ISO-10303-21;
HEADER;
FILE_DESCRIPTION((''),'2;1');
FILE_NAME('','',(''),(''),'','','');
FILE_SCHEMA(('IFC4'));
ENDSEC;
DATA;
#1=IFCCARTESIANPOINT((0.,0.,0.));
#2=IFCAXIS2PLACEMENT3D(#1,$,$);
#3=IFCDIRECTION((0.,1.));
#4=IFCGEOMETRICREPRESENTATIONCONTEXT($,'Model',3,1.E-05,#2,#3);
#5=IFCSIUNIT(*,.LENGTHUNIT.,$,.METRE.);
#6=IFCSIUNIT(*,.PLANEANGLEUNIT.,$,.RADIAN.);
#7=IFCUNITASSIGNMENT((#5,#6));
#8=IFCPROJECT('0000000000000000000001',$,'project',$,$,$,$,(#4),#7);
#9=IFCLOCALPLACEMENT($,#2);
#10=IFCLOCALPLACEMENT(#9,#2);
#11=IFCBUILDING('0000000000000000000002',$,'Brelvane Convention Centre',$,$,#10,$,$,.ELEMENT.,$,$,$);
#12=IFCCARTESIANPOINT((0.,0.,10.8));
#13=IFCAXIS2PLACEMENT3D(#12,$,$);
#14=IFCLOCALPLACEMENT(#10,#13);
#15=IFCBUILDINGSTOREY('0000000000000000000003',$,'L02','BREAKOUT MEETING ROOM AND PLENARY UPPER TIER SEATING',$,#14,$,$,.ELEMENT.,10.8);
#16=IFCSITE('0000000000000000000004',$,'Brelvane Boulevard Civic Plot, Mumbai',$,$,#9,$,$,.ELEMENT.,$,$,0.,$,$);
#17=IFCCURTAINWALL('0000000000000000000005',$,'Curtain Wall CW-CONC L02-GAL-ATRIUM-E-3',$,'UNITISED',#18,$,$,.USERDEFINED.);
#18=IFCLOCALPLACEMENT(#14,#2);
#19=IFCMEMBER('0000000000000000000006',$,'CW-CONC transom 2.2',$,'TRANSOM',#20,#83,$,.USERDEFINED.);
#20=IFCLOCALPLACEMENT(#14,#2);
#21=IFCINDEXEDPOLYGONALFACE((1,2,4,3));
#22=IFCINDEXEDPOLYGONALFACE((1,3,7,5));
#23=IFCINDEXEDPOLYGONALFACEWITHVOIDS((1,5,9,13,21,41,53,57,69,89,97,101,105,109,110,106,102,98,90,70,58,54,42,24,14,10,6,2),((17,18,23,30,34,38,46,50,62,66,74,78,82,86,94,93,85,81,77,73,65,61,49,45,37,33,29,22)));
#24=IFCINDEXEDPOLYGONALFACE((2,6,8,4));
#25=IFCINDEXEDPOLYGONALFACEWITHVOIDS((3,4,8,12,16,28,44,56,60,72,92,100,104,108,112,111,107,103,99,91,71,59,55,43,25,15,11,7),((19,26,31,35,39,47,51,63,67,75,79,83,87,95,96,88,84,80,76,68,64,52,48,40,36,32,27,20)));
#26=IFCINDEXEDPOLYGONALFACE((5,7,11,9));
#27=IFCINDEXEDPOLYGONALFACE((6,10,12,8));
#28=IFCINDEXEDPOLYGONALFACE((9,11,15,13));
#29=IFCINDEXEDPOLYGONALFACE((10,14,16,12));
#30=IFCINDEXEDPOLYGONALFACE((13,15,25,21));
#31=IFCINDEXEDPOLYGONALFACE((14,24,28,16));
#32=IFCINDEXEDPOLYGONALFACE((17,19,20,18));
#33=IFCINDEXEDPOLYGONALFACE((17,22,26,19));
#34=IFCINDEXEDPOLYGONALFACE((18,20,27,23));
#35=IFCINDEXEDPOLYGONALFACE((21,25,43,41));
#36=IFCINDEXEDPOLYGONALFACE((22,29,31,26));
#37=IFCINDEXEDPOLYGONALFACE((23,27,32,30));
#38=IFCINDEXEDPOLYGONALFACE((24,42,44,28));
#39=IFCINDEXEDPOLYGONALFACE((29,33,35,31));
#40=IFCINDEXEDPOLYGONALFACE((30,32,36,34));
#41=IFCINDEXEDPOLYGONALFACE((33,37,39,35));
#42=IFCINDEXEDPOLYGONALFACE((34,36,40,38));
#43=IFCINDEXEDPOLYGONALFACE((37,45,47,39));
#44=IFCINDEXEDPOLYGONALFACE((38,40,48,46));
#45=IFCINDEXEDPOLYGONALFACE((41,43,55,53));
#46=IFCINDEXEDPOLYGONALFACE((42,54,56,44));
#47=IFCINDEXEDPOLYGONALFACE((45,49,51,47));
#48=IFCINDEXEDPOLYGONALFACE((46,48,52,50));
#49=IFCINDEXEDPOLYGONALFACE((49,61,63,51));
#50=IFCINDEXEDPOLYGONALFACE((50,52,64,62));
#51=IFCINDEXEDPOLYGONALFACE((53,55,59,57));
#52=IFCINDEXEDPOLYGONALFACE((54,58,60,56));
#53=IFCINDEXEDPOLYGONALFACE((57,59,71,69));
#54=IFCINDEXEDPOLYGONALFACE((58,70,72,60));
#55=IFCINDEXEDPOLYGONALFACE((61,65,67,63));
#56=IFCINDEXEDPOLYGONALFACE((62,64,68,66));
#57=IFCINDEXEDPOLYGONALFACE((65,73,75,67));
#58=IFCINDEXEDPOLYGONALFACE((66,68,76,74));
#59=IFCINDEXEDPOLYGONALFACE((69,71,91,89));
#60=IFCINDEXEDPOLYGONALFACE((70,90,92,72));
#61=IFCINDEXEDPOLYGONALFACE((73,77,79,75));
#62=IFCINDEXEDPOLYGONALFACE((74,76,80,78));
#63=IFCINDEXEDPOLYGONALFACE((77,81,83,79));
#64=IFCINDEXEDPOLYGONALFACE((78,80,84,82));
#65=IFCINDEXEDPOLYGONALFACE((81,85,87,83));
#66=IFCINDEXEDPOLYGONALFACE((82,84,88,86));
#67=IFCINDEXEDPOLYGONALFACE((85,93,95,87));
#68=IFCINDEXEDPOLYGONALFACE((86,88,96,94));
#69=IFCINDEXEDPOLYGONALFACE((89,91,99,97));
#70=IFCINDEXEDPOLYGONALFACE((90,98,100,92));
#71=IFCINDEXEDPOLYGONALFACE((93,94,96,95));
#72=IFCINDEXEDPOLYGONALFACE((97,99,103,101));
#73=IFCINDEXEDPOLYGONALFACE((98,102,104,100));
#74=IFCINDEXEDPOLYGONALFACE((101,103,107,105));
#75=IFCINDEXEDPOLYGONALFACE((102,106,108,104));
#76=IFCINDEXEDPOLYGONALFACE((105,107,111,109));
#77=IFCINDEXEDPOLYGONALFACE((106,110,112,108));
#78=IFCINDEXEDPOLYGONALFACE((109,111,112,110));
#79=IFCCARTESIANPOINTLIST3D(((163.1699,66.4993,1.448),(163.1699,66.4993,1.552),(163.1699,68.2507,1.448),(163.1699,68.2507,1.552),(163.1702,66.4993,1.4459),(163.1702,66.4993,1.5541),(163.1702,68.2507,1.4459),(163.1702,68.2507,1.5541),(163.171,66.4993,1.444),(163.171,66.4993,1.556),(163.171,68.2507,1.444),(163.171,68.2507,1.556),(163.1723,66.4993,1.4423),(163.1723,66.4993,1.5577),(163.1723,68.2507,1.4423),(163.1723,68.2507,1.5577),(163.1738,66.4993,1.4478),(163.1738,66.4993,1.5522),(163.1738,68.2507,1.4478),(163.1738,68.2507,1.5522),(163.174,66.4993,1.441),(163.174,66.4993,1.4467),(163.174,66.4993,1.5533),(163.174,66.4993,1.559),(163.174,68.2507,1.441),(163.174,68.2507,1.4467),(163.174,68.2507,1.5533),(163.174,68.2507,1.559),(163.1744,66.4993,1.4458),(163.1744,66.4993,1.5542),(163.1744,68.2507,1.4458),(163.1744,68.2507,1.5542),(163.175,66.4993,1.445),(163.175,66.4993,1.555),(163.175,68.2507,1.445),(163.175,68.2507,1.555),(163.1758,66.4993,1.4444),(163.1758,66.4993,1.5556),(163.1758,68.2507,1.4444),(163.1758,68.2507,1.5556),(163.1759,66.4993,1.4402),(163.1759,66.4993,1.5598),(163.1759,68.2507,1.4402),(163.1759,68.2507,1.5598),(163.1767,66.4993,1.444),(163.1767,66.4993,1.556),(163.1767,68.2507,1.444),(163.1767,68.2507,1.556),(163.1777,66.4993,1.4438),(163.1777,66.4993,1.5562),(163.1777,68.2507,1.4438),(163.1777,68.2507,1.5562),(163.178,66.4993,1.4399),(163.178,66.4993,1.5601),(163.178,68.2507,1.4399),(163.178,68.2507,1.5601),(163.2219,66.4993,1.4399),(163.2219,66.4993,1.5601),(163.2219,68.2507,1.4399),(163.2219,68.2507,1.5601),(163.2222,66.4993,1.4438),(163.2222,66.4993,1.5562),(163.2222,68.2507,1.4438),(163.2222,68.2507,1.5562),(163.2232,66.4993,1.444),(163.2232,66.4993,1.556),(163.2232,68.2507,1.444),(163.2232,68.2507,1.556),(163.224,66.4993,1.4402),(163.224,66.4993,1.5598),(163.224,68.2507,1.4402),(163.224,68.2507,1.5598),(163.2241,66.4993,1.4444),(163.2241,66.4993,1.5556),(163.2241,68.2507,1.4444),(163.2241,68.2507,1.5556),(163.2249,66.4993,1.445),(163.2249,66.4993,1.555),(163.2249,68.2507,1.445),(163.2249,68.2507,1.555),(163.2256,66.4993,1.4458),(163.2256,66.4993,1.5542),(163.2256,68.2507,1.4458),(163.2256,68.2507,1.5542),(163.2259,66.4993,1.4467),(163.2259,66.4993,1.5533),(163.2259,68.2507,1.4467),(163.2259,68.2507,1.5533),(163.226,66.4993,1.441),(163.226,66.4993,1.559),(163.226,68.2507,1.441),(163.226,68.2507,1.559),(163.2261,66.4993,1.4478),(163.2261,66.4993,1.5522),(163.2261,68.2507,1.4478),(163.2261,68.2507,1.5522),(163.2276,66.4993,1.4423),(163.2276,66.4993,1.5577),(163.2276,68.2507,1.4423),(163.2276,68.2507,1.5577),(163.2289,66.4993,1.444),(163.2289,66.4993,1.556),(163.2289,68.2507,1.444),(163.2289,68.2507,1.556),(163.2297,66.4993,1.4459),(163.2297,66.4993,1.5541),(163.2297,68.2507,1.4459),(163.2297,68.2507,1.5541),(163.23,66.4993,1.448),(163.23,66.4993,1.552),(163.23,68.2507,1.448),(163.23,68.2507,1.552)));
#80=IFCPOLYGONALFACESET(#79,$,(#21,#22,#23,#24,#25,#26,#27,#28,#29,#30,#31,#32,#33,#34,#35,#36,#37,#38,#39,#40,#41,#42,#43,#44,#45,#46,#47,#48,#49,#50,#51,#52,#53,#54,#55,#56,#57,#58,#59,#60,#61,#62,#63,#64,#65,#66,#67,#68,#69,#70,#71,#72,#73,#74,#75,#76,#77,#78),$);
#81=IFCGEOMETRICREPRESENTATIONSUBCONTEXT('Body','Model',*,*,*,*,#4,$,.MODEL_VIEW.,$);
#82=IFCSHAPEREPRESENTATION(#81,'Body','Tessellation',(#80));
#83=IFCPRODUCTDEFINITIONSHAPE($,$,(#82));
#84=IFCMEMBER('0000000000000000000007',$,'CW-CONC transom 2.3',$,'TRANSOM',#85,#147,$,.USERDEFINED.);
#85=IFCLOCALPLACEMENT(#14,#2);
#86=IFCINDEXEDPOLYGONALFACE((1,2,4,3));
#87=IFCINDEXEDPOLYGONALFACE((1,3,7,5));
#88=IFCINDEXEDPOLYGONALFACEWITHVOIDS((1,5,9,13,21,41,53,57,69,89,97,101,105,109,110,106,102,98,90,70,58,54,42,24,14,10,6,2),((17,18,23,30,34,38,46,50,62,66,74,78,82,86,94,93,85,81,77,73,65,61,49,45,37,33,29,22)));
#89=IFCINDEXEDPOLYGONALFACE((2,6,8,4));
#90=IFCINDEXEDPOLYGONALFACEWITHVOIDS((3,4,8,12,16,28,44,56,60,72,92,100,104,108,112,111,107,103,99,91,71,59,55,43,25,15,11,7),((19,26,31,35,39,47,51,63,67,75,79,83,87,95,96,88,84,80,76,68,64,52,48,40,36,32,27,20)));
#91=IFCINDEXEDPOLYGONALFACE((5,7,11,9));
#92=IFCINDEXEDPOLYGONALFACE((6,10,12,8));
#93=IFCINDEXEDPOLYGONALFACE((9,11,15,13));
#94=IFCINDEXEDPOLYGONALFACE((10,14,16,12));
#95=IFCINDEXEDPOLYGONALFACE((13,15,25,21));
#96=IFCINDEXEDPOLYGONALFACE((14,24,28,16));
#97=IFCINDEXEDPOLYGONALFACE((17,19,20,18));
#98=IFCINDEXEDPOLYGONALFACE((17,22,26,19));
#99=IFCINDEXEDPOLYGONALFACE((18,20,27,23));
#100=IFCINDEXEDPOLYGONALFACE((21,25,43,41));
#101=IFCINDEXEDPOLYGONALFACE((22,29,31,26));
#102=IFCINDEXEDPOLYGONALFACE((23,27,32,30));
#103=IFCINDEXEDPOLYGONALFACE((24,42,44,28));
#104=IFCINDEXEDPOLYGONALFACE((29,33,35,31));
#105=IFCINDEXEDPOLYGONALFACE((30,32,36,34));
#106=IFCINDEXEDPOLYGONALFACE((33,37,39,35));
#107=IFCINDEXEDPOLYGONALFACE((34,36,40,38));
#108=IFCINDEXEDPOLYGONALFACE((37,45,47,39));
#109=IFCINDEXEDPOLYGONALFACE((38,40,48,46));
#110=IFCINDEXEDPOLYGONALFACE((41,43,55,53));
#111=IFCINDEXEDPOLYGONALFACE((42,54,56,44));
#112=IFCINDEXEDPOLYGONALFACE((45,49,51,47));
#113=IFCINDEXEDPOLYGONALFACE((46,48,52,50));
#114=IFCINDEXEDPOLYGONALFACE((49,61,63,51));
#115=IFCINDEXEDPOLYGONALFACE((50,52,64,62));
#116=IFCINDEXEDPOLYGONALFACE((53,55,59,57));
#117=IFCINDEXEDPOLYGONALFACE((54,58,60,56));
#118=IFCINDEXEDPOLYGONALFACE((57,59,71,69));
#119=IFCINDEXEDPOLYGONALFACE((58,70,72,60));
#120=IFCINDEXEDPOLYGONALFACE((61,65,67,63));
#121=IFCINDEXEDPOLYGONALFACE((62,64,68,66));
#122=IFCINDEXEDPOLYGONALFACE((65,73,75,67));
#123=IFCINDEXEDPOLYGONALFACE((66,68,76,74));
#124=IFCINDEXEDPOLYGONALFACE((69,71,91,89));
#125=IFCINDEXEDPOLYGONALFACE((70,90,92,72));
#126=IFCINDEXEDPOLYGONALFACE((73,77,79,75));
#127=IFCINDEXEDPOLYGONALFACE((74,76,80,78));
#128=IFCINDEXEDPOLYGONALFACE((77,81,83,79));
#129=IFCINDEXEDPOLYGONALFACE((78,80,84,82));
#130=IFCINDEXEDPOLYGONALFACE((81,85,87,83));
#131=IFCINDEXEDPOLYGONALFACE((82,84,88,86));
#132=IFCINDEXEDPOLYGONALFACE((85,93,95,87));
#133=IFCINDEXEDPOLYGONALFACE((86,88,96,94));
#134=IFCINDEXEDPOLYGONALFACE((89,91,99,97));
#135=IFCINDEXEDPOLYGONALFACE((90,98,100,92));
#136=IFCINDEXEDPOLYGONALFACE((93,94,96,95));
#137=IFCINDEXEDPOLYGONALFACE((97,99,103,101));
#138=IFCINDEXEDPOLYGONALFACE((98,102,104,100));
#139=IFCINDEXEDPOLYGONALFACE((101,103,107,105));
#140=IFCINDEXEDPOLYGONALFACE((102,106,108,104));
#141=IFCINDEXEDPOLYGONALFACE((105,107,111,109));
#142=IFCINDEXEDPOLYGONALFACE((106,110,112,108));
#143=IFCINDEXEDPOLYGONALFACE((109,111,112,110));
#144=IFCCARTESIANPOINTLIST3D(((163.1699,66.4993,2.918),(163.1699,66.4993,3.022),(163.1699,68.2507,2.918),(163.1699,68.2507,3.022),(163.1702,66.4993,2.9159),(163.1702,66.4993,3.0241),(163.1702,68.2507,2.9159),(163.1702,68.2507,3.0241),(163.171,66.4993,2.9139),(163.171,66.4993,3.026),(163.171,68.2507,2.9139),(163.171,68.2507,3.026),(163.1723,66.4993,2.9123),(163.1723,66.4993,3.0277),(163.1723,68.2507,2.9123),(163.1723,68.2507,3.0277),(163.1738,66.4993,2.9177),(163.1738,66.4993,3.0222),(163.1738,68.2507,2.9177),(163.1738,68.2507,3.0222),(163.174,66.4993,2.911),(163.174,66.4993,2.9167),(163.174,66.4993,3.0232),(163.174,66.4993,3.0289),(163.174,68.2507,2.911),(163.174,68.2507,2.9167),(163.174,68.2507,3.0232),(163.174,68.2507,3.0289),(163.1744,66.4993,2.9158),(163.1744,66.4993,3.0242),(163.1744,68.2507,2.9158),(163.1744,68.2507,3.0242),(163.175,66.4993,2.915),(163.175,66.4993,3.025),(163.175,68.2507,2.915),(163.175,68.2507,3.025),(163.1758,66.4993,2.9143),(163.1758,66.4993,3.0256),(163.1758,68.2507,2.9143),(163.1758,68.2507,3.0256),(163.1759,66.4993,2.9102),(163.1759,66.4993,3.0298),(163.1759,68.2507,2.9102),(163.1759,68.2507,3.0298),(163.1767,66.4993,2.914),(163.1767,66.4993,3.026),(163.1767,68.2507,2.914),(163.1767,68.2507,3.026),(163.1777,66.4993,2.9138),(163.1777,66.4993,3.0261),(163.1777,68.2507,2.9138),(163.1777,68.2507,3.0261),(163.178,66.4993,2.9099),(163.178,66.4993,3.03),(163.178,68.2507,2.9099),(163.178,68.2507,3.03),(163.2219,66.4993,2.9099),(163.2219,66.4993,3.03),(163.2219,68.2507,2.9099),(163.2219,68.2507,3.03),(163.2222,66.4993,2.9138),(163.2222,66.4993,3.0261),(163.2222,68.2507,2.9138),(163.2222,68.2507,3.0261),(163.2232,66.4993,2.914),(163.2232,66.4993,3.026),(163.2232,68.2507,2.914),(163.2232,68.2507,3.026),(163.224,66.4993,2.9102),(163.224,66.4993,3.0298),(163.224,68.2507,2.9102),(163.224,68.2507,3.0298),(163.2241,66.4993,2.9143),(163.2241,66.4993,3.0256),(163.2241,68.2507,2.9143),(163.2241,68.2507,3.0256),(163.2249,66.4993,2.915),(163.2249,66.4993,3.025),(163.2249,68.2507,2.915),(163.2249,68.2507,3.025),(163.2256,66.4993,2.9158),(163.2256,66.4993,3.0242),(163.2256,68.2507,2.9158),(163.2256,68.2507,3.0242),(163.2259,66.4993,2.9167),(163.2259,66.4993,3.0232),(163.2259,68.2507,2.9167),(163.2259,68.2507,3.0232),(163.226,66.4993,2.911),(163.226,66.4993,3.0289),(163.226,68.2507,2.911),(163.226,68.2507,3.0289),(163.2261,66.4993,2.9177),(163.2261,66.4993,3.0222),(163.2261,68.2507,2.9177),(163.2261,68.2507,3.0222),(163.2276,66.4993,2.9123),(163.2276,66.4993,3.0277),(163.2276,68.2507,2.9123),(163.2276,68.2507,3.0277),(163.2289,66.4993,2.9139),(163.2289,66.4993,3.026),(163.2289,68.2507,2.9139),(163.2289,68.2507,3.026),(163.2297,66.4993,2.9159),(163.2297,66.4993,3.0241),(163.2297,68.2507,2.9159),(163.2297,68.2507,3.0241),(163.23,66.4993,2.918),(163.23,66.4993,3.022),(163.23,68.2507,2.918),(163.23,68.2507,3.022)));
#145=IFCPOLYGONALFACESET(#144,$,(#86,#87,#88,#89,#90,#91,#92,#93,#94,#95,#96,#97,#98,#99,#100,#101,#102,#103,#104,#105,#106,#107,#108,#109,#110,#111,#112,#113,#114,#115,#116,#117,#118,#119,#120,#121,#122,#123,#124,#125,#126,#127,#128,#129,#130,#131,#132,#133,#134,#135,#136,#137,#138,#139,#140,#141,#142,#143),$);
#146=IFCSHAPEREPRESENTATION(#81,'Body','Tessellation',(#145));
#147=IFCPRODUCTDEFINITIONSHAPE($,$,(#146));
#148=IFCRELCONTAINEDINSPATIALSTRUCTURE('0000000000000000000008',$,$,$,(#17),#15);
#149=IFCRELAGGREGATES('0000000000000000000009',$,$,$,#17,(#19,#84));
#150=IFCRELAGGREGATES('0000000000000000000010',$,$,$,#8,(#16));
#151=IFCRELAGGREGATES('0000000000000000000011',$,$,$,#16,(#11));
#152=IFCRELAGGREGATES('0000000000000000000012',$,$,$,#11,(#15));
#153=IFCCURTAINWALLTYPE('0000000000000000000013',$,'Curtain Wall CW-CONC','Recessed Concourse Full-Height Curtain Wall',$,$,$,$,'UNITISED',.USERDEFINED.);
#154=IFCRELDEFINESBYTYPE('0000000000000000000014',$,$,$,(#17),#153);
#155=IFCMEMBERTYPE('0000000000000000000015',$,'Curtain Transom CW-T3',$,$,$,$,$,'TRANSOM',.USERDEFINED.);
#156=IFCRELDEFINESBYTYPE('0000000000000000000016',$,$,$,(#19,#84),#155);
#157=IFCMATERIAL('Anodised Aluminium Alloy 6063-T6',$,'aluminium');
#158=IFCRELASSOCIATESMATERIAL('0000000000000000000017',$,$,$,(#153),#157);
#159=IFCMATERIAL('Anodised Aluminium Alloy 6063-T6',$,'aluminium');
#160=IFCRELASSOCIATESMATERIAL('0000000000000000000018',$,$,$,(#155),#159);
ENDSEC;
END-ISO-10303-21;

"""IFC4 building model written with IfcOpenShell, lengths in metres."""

from ifc_helpers import new_model, si_unit, direction, frame, origin, origin_2d, place, context, subcontext, project, spatial, hollow_rectangle, extrude, material, material_profile, profile_set, type_object, element, aggregate, save


model = new_model("IFC4")

# Units and contexts
model_context = context("Model", 3, precision=1e-05, world=origin(), true_north=direction((0.0, 1.0)))
body_context = subcontext(model_context, "Body", "Model", "MODEL_VIEW")
ifc_project = project(units=[si_unit("LENGTHUNIT", "METRE"), si_unit("PLANEANGLEUNIT", "RADIAN")], contexts=[model_context])

# Site, building, storey
site_placement = place(None, origin())
site = spatial("IfcSite", under=ifc_project, at=site_placement, Name="Brelvane Boulevard Civic Plot, Mumbai", CompositionType="ELEMENT", RefElevation=0.0)
building_placement = place(site_placement, origin())
building = spatial("IfcBuilding", under=site, at=building_placement, Name="Brelvane Convention Centre", CompositionType="ELEMENT")
storey_placement = place(building_placement, frame((0.0, 0.0, 10.8)))
storey = spatial("IfcBuildingStorey", under=building, at=storey_placement, Name="L02", Description="BREAKOUT MEETING ROOM AND PLENARY UPPER TIER SEATING", CompositionType="ELEMENT", Elevation=10.8)

# Curtain wall, members
ifc_material_1 = material(Name="Anodised Aluminium Alloy 6063-T6", Category="aluminium")
curtain_wall_type = type_object("IfcCurtainWallType", Name="Curtain Wall CW-CONC", Description="Recessed Concourse Full-Height Curtain Wall", ElementType="UNITISED", PredefinedType="USERDEFINED", material=ifc_material_1)
curtain_wall_placement = place(storey_placement, origin())
curtain_wall = element("IfcCurtainWall", 1, at=curtain_wall_placement, inside=storey, type_object=curtain_wall_type, Name="Curtain Wall CW-CONC L02-GAL-ATRIUM-E-3", ObjectType="UNITISED", PredefinedType="USERDEFINED")
ifc_material_2 = material(Name="Anodised Aluminium Alloy 6063-T6", Category="aluminium")
ifc_material_profile_1 = material_profile(ifc_material_2, hollow_rectangle(XDim=0.0601, YDim=0.1201, WallThickness=0.0039, InnerFilletRadius=0.0039, OuterFilletRadius=0.0081, at=origin_2d()), Name="ALU-T 120x60x4.0")
ifc_profile_set_1 = profile_set([ifc_material_profile_1], Name="Anodised Aluminium Alloy 6063-T6")
member_type_1 = type_object("IfcMemberType", Name="Curtain Transom CW-T3", ElementType="TRANSOM", PredefinedType="USERDEFINED", material=ifc_profile_set_1)
member_1_placement = place(storey_placement, frame((163.2, 66.4993, 1.5), z_axis=(0.0, 1.0, 0.0), x_axis=(-1.0, 0.0, 0.0)))
member_1 = element("IfcMember", 2, at=member_1_placement, type_object=member_type_1, Name="CW-CONC transom 2.2", ObjectType="TRANSOM", PredefinedType="USERDEFINED", context=body_context, shape_type="SweptSolid", body=[
    extrude(hollow_rectangle(XDim=0.0601, YDim=0.1201, WallThickness=0.0039, InnerFilletRadius=0.0039, OuterFilletRadius=0.0081, at=origin_2d()), origin(), (0.0, 0.0, 1.0), 1.7515),
])
member_2_placement = place(storey_placement, frame((163.2, 66.4993, 2.97), z_axis=(0.0, 1.0, 0.0), x_axis=(-1.0, 0.0, 0.0)))
member_2 = element("IfcMember", 3, at=member_2_placement, type_object=member_type_1, Name="CW-CONC transom 2.3", ObjectType="TRANSOM", PredefinedType="USERDEFINED", context=body_context, shape_type="SweptSolid", body=[
    extrude(hollow_rectangle(XDim=0.0601, YDim=0.1201, WallThickness=0.0039, InnerFilletRadius=0.0039, OuterFilletRadius=0.0081, at=origin_2d()), origin(), (0.0, 0.0, 1.0), 1.7515),
])

aggregate(curtain_wall, [member_1, member_2])

save(model, "model.ifc")
